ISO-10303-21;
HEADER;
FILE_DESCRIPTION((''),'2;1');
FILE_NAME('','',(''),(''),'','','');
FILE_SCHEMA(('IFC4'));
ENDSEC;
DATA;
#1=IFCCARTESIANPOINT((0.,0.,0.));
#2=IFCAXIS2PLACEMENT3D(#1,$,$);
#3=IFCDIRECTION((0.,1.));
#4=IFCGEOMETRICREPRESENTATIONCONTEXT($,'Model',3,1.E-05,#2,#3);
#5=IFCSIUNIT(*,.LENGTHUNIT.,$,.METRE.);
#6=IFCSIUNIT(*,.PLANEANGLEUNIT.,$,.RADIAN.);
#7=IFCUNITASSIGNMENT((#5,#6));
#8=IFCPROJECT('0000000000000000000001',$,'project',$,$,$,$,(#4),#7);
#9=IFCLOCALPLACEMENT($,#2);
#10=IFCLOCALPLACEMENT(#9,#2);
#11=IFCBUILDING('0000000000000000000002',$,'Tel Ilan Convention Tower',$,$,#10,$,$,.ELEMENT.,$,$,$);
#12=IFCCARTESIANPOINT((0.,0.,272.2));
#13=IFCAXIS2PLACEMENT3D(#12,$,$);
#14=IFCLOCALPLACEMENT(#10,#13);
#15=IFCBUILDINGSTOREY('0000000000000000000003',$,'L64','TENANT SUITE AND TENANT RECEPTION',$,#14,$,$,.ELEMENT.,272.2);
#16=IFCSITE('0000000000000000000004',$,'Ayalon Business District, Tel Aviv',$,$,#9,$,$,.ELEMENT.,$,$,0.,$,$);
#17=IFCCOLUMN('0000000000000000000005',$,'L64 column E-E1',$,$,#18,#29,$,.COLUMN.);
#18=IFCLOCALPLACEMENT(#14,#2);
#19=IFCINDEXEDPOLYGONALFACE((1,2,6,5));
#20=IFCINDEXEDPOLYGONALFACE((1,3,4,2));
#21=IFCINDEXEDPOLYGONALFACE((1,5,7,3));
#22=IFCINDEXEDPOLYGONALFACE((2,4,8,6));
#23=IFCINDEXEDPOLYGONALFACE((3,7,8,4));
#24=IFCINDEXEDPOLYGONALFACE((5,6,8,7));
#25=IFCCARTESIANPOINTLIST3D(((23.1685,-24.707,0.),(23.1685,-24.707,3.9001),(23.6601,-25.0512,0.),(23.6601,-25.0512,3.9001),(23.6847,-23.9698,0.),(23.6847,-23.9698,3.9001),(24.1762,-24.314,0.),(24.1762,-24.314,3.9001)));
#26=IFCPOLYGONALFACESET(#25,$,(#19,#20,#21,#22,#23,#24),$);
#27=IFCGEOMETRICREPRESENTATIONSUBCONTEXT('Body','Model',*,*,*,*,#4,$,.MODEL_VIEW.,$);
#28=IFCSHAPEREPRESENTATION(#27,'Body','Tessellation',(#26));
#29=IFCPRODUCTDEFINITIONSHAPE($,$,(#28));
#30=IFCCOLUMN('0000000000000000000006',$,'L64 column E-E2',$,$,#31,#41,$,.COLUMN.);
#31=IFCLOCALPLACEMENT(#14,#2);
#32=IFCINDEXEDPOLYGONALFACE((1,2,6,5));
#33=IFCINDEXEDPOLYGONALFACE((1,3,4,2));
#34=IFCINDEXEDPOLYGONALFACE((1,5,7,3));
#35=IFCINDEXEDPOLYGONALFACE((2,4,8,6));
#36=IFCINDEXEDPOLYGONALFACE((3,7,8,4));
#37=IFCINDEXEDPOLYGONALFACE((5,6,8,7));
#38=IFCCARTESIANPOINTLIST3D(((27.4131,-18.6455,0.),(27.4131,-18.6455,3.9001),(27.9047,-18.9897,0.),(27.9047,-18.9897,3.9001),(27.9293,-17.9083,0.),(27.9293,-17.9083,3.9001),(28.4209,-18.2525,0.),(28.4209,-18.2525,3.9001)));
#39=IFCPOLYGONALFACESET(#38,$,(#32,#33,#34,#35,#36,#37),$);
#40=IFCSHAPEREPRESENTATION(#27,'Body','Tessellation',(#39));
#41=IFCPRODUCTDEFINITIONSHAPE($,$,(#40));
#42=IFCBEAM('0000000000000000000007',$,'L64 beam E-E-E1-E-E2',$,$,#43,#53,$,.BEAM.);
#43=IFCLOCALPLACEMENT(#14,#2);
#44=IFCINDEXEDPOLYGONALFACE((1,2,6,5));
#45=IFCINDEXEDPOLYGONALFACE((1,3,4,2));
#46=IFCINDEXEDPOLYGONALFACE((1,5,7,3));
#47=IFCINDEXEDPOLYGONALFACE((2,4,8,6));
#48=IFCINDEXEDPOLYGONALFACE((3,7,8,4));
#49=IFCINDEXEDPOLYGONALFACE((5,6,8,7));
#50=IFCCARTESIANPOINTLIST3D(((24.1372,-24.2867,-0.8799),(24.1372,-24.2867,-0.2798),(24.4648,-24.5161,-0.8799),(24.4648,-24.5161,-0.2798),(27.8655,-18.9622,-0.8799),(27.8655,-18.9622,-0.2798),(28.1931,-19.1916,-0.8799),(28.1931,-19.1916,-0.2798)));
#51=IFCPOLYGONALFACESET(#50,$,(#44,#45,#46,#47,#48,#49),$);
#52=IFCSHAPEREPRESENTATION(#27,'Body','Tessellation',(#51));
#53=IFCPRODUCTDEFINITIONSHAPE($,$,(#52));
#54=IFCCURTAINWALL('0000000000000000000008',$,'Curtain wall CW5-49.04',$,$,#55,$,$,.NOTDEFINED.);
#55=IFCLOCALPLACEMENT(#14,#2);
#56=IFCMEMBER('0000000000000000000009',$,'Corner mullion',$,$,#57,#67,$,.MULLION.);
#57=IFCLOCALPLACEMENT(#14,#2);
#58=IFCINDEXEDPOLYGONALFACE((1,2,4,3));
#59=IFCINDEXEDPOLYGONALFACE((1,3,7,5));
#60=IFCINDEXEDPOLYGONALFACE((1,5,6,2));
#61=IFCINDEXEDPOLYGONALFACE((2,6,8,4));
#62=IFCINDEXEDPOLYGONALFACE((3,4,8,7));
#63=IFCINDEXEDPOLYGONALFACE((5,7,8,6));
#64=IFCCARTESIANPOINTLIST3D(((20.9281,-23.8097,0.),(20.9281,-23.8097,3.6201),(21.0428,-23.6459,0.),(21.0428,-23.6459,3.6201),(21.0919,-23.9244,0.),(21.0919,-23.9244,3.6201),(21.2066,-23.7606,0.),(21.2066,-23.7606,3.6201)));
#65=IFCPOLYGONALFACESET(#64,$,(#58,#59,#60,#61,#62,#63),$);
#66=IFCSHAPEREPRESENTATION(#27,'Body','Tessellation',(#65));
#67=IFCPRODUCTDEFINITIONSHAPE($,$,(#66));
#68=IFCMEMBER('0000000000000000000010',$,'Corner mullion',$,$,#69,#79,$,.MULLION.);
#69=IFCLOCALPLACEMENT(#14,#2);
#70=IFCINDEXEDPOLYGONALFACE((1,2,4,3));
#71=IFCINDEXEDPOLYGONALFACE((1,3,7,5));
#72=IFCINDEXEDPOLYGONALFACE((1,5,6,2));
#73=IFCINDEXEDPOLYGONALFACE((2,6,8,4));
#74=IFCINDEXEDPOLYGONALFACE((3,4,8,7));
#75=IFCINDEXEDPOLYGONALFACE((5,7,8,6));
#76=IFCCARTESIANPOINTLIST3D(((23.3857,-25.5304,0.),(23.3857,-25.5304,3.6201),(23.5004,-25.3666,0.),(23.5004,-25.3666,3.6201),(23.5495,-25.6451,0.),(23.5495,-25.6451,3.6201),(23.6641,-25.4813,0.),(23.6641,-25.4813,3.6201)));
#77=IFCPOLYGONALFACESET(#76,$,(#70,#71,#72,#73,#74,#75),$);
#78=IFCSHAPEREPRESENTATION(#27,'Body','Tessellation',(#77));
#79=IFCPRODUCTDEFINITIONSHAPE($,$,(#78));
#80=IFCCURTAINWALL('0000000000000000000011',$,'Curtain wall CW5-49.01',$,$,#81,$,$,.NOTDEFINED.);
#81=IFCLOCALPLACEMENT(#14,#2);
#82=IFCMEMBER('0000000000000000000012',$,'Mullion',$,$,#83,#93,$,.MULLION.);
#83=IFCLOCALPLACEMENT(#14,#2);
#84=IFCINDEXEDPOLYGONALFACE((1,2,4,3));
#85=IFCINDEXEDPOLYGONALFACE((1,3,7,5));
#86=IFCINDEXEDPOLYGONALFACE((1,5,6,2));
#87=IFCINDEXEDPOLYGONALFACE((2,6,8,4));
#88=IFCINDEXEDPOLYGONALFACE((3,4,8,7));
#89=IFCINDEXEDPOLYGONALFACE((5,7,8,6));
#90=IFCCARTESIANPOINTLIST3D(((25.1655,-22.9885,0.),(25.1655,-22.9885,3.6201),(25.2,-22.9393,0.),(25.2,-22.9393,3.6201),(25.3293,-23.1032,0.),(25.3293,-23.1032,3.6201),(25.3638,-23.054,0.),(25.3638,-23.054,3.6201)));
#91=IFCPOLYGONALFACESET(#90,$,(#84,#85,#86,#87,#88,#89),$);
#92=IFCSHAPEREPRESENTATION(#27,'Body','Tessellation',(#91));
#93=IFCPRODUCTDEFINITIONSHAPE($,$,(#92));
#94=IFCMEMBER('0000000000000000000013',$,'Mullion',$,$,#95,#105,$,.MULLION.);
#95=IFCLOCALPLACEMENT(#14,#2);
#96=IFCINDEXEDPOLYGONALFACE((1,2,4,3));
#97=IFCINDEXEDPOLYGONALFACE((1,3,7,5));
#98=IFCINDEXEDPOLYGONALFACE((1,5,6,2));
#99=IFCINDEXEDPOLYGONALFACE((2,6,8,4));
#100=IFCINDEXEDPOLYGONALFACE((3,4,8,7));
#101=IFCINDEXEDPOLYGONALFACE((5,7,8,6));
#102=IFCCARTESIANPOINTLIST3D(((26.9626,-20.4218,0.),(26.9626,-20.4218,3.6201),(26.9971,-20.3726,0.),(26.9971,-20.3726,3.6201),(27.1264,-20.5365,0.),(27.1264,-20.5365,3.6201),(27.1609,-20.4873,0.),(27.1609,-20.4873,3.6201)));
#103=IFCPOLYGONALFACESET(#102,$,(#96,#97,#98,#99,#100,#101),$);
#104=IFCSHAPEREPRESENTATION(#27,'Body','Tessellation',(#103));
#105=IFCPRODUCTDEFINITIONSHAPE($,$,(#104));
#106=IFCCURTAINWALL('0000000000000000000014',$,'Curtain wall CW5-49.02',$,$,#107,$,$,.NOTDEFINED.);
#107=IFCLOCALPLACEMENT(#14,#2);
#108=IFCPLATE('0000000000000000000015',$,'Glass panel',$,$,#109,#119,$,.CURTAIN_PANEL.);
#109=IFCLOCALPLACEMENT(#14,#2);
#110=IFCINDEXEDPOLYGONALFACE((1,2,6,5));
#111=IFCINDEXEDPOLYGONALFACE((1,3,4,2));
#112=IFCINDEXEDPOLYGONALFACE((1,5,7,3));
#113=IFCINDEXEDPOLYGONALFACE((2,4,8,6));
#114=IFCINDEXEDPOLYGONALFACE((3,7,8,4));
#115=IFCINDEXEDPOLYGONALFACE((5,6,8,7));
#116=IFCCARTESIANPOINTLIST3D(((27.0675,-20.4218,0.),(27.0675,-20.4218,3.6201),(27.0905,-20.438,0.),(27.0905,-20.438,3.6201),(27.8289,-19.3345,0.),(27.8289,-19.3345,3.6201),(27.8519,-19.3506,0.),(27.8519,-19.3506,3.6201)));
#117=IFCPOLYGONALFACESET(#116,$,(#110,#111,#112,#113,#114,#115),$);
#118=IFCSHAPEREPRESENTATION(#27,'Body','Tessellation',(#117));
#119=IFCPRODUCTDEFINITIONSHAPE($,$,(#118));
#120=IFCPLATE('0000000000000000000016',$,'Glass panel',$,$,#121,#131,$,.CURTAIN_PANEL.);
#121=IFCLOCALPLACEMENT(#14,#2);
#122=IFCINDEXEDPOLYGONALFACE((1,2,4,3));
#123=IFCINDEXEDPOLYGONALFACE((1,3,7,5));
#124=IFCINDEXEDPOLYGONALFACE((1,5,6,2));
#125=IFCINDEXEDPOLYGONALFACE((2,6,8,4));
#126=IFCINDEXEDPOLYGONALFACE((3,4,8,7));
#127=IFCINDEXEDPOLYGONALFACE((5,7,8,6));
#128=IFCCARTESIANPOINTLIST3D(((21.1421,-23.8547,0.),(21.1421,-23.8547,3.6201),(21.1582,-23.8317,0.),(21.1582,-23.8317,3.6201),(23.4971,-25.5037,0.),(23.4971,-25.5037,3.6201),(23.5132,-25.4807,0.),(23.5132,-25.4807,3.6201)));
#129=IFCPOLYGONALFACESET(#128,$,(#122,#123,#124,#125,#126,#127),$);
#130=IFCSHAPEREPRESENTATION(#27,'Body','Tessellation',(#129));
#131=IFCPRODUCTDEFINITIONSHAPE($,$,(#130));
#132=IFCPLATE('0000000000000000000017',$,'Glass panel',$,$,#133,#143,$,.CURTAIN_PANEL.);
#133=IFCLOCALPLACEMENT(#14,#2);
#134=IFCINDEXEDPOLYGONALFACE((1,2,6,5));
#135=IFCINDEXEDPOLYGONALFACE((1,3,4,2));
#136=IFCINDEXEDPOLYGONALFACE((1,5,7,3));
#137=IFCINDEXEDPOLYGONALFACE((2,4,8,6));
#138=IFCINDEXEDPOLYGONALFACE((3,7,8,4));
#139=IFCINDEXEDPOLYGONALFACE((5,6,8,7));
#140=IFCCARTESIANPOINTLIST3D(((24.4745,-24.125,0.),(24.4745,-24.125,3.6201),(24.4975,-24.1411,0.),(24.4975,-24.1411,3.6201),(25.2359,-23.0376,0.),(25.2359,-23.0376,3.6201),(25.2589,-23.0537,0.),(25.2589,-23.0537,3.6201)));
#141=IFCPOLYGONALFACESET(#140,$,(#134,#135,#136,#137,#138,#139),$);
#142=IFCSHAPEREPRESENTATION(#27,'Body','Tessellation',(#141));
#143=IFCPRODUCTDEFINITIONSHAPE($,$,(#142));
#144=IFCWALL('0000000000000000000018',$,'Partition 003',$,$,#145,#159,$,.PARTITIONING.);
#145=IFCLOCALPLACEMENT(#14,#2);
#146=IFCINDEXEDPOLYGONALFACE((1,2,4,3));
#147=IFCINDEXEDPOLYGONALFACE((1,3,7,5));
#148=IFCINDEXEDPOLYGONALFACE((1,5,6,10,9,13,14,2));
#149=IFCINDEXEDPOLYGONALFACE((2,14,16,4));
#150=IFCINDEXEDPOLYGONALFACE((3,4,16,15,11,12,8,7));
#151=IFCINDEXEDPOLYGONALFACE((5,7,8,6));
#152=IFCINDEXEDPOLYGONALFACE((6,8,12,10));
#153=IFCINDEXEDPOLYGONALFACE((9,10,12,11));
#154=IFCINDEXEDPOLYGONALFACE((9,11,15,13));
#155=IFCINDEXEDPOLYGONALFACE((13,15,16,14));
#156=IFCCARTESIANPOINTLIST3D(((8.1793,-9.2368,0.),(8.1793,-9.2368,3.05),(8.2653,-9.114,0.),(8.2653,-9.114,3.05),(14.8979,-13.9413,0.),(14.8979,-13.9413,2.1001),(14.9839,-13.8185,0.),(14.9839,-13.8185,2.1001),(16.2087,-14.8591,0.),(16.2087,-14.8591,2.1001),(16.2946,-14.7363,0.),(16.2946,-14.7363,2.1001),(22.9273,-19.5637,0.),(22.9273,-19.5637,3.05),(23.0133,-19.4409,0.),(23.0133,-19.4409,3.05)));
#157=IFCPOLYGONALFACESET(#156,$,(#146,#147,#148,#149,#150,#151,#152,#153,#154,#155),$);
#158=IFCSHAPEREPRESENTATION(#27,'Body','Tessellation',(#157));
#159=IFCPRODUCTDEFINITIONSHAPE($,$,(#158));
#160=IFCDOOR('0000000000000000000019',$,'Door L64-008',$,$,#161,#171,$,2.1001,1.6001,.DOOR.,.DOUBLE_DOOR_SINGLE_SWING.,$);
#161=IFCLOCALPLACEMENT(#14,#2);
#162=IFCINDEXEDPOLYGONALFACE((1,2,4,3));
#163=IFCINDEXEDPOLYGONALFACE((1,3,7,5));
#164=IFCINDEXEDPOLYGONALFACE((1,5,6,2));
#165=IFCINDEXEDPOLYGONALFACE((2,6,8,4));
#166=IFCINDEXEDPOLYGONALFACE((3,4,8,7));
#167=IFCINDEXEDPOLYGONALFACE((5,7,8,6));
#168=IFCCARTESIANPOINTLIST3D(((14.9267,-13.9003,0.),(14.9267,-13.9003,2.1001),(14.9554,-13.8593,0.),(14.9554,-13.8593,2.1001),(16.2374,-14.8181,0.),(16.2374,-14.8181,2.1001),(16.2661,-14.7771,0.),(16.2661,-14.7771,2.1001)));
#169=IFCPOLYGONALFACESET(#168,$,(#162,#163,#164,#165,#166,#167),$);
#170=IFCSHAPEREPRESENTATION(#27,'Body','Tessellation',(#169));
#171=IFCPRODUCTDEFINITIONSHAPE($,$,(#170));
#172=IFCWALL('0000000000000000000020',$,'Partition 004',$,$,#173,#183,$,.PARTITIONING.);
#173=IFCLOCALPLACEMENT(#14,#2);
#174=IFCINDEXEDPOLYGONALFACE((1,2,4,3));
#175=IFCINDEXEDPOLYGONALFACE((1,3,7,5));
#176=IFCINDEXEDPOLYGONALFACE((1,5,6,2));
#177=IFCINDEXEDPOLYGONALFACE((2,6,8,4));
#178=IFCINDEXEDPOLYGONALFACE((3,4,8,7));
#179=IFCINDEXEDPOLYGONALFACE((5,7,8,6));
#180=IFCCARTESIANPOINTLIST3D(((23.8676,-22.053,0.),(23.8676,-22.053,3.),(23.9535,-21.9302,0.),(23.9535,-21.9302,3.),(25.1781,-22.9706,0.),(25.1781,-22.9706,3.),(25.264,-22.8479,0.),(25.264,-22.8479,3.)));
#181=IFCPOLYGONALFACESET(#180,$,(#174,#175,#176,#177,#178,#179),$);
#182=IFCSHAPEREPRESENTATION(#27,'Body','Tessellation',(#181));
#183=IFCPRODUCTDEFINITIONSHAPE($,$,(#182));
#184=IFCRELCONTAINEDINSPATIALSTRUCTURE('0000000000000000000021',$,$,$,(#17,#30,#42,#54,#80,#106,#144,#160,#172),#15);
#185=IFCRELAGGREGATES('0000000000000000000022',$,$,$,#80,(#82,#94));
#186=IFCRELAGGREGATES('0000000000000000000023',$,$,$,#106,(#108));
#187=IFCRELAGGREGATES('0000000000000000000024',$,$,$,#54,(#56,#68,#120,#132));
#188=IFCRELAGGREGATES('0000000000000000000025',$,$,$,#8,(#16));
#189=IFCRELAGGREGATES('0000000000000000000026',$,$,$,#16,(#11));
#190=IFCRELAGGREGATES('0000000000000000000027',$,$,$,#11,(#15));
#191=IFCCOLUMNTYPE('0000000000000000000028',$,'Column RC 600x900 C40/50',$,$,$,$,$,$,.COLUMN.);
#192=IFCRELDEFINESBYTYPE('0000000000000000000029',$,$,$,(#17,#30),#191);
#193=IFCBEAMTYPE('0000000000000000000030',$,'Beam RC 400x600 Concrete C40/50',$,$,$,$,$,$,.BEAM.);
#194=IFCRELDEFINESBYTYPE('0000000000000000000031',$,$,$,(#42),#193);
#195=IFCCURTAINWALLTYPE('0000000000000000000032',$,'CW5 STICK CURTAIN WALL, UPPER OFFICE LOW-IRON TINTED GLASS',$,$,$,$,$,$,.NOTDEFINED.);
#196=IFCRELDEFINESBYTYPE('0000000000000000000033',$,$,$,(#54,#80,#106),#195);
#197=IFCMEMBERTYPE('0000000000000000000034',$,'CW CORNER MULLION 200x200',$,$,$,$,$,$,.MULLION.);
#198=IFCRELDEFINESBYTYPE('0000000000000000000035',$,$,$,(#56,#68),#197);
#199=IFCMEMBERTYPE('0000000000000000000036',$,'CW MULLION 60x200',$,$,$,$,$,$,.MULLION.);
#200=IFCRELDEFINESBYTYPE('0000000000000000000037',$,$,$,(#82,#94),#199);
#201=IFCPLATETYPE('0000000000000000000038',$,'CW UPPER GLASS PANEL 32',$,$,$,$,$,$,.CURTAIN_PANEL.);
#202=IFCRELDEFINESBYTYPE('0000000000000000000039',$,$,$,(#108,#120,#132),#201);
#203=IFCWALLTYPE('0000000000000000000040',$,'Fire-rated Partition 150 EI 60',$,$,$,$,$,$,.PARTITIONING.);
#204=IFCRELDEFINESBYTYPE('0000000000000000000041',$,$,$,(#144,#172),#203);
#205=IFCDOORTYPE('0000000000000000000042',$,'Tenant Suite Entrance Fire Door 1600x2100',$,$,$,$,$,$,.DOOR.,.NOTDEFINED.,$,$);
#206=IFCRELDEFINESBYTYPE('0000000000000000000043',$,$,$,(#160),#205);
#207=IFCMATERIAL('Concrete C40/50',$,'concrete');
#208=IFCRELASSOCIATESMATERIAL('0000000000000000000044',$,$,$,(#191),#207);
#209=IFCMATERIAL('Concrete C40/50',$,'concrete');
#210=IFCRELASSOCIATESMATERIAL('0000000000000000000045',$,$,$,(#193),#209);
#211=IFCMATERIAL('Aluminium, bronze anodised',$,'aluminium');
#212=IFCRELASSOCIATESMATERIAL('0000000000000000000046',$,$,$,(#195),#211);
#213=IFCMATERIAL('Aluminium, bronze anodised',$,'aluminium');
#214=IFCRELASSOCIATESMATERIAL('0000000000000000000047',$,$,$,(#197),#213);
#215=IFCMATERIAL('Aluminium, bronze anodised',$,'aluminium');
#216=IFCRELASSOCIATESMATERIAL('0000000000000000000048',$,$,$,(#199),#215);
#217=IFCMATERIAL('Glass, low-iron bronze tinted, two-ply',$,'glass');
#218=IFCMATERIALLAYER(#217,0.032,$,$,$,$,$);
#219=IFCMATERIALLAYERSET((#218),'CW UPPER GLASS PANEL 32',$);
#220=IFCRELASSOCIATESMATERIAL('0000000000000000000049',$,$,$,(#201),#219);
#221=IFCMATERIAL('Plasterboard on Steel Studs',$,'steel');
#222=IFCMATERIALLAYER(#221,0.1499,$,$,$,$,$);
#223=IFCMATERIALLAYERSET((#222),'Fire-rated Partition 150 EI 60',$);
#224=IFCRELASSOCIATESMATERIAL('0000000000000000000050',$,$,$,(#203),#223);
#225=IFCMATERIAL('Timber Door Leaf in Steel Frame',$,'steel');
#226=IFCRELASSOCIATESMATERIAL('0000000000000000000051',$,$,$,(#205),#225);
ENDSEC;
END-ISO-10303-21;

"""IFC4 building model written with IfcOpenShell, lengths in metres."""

from ifc_helpers import new_model, si_unit, direction, frame, frame_2d, origin, origin_2d, place, context, subcontext, project, spatial, rectangle, extrude, material, layer, layer_set, material_profile, profile_set, type_object, element, fill, aggregate, save


model = new_model("IFC4")

# Units and contexts
model_context = context("Model", 3, precision=1e-05, world=origin(), true_north=direction((0.0, 1.0)))
body_context = subcontext(model_context, "Body", "Model", "MODEL_VIEW")
ifc_project = project(units=[si_unit("LENGTHUNIT", "METRE"), si_unit("PLANEANGLEUNIT", "RADIAN")], contexts=[model_context])

# Site, building, storey
site_placement = place(None, origin())
site = spatial("IfcSite", under=ifc_project, at=site_placement, Name="Ayalon Business District, Tel Aviv", CompositionType="ELEMENT", RefElevation=0.0)
building_placement = place(site_placement, origin())
building = spatial("IfcBuilding", under=site, at=building_placement, Name="Tel Ilan Convention Tower", CompositionType="ELEMENT")
storey_placement = place(building_placement, frame((0.0, 0.0, 272.2)))
storey = spatial("IfcBuildingStorey", under=building, at=storey_placement, Name="L64", Description="TENANT SUITE AND TENANT RECEPTION", CompositionType="ELEMENT", Elevation=272.2)

# Columns
ifc_material_1 = material(Name="Concrete C40/50", Category="concrete")
ifc_material_profile_1 = material_profile(ifc_material_1, rectangle(XDim=0.8999, YDim=0.6001, at=origin_2d()), Name="RC 600x900")
ifc_profile_set_1 = profile_set([ifc_material_profile_1], Name="Concrete C40/50")
column_type = type_object("IfcColumnType", Name="Column RC 600x900 C40/50", PredefinedType="COLUMN", material=ifc_profile_set_1)
for number, where, z_axis, x_axis, name in (
    (1, (23.6724, -24.5105, 0.0), (0.0, 0.0, 1.0), (0.573576, 0.819152, 0.0), "L64 column E-E1"),
    (2, (27.917, -18.449, 0.0), (0.0, 0.0, 1.0), (0.573576, 0.819152, 0.0), "L64 column E-E2"),
):
    element("IfcColumn", number, at=place(storey_placement, frame(where, z_axis=z_axis, x_axis=x_axis)), inside=storey, type_object=column_type, Name=name, PredefinedType="COLUMN", context=body_context, shape_type="SweptSolid", body=[
        extrude(rectangle(XDim=0.8999, YDim=0.6001, at=origin_2d()), origin(), (0.0, 0.0, 1.0), 3.9001),
    ])

# Beam
ifc_material_2 = material(Name="Concrete C40/50", Category="concrete")
ifc_material_profile_2 = material_profile(ifc_material_2, rectangle(XDim=0.3999, YDim=0.6001, at=origin_2d()), Name="RC 400x600")
ifc_profile_set_2 = profile_set([ifc_material_profile_2], Name="Concrete C40/50")
beam_type = type_object("IfcBeamType", Name="Beam RC 400x600 Concrete C40/50", PredefinedType="BEAM", material=ifc_profile_set_2)
beam_placement = place(storey_placement, frame((24.301, -24.4014, -0.5798), z_axis=(0.573581, 0.819149, 0.0), x_axis=(-0.819149, 0.573581, 0.0)))
element("IfcBeam", 3, at=beam_placement, inside=storey, type_object=beam_type, Name="L64 beam E-E-E1-E-E2", PredefinedType="BEAM", context=body_context, shape_type="SweptSolid", body=[
    extrude(rectangle(XDim=0.3999, YDim=0.6001, at=origin_2d()), origin(), (0.0, 0.0, 1.0), 6.5),
])

# Curtain walls, members
ifc_material_3 = material(Name="Aluminium, bronze anodised", Category="aluminium")
curtain_wall_type = type_object("IfcCurtainWallType", Name="CW5 STICK CURTAIN WALL, UPPER OFFICE LOW-IRON TINTED GLASS", PredefinedType="NOTDEFINED", material=ifc_material_3)
curtain_wall_1_placement = place(storey_placement, origin())
curtain_wall_1 = element("IfcCurtainWall", 4, at=curtain_wall_1_placement, inside=storey, type_object=curtain_wall_type, Name="Curtain wall CW5-49.04", PredefinedType="NOTDEFINED")
ifc_material_4 = material(Name="Aluminium, bronze anodised", Category="aluminium")
ifc_material_profile_3 = material_profile(ifc_material_4, rectangle(XDim=0.2, YDim=0.2, at=origin_2d()), Name="CW CORNER MULLION 200x200")
ifc_profile_set_3 = profile_set([ifc_material_profile_3], Name="Aluminium, bronze anodised")
member_type_1 = type_object("IfcMemberType", Name="CW CORNER MULLION 200x200", PredefinedType="MULLION", material=ifc_profile_set_3)
member_1_placement = place(storey_placement, frame((21.0674, -23.7852, 0.0), z_axis=(0.0, 0.0, 1.0), x_axis=(0.573576, 0.819152, 0.0)))
member_1 = element("IfcMember", 5, at=member_1_placement, type_object=member_type_1, Name="Corner mullion", PredefinedType="MULLION", context=body_context, shape_type="SweptSolid", body=[
    extrude(rectangle(XDim=0.2, YDim=0.2, at=origin_2d()), origin(), (0.0, 0.0, 1.0), 3.6201),
])
member_2_placement = place(storey_placement, frame((23.5249, -25.5059, 0.0), z_axis=(0.0, 0.0, 1.0), x_axis=(0.819152, -0.573576, 0.0)))
member_2 = element("IfcMember", 6, at=member_2_placement, type_object=member_type_1, Name="Corner mullion", PredefinedType="MULLION", context=body_context, shape_type="SweptSolid", body=[
    extrude(rectangle(XDim=0.2, YDim=0.2, at=origin_2d()), origin(), (0.0, 0.0, 1.0), 3.6201),
])
curtain_wall_2_placement = place(storey_placement, origin())
curtain_wall_2 = element("IfcCurtainWall", 7, at=curtain_wall_2_placement, inside=storey, type_object=curtain_wall_type, Name="Curtain wall CW5-49.01", PredefinedType="NOTDEFINED")
ifc_material_5 = material(Name="Aluminium, bronze anodised", Category="aluminium")
ifc_material_profile_4 = material_profile(ifc_material_5, rectangle(XDim=0.0601, YDim=0.2, at=origin_2d()), Name="CW MULLION 60x200")
ifc_profile_set_4 = profile_set([ifc_material_profile_4], Name="Aluminium, bronze anodised")
member_type_2 = type_object("IfcMemberType", Name="CW MULLION 60x200", PredefinedType="MULLION", material=ifc_profile_set_4)
member_3_placement = place(storey_placement, frame((25.2646, -23.0212, 0.0), z_axis=(0.0, 0.0, 1.0), x_axis=(0.573576, 0.819152, 0.0)))
member_3 = element("IfcMember", 8, at=member_3_placement, type_object=member_type_2, Name="Mullion", PredefinedType="MULLION", context=body_context, shape_type="SweptSolid", body=[
    extrude(rectangle(XDim=0.0601, YDim=0.2, at=origin_2d()), origin(), (0.0, 0.0, 1.0), 3.6201),
])
member_4_placement = place(storey_placement, frame((27.0618, -20.4546, 0.0), z_axis=(0.0, 0.0, 1.0), x_axis=(0.573576, 0.819152, 0.0)))
member_4 = element("IfcMember", 9, at=member_4_placement, type_object=member_type_2, Name="Mullion", PredefinedType="MULLION", context=body_context, shape_type="SweptSolid", body=[
    extrude(rectangle(XDim=0.0601, YDim=0.2, at=origin_2d()), origin(), (0.0, 0.0, 1.0), 3.6201),
])
aggregate(curtain_wall_2, [member_3, member_4])

# Curtain wall, plate
curtain_wall_3_placement = place(storey_placement, origin())
curtain_wall_3 = element("IfcCurtainWall", 10, at=curtain_wall_3_placement, inside=storey, type_object=curtain_wall_type, Name="Curtain wall CW5-49.02", PredefinedType="NOTDEFINED")
ifc_material_6 = material(Name="Glass, low-iron bronze tinted, two-ply", Category="glass")
ifc_layer_1 = layer(ifc_material_6, 0.032)
ifc_layer_set_1 = layer_set([ifc_layer_1], Name="CW UPPER GLASS PANEL 32")
plate_type = type_object("IfcPlateType", Name="CW UPPER GLASS PANEL 32", PredefinedType="CURTAIN_PANEL", material=ifc_layer_set_1)
plate_1_placement = place(storey_placement, frame((27.4597, -19.8862, 0.0), z_axis=(0.0, 0.0, 1.0), x_axis=(0.573576, 0.819152, 0.0)))
plate_1 = element("IfcPlate", 11, at=plate_1_placement, type_object=plate_type, Name="Glass panel", PredefinedType="CURTAIN_PANEL", context=body_context, shape_type="SweptSolid", body=[
    extrude(rectangle(XDim=1.3274, YDim=0.0281, at=origin_2d()), origin(), (0.0, 0.0, 1.0), 3.6201),
])
aggregate(curtain_wall_3, [plate_1])

# Plates
plate_2_placement = place(storey_placement, frame((22.3276, -24.6677, 0.0), z_axis=(0.0, 0.0, 1.0), x_axis=(0.819152, -0.573576, 0.0)))
plate_2 = element("IfcPlate", 12, at=plate_2_placement, type_object=plate_type, Name="Glass panel", PredefinedType="CURTAIN_PANEL", context=body_context, shape_type="SweptSolid", body=[
    extrude(rectangle(XDim=2.875, YDim=0.0281, at=origin_2d()), origin(), (0.0, 0.0, 1.0), 3.6201),
])
plate_3_placement = place(storey_placement, frame((24.8667, -23.5894, 0.0), z_axis=(0.0, 0.0, 1.0), x_axis=(0.573576, 0.819152, 0.0)))
plate_3 = element("IfcPlate", 13, at=plate_3_placement, type_object=plate_type, Name="Glass panel", PredefinedType="CURTAIN_PANEL", context=body_context, shape_type="SweptSolid", body=[
    extrude(rectangle(XDim=1.3274, YDim=0.0281, at=origin_2d()), origin(), (0.0, 0.0, 1.0), 3.6201),
])
aggregate(curtain_wall_1, [member_1, member_2, plate_2, plate_3])

# Wall, opening, door
ifc_material_7 = material(Name="Plasterboard on Steel Studs", Category="steel")
ifc_layer_2 = layer(ifc_material_7, 0.1499)
ifc_layer_set_2 = layer_set([ifc_layer_2], Name="Fire-rated Partition 150 EI 60")
wall_type_1 = type_object("IfcWallType", Name="Fire-rated Partition 150 EI 60", PredefinedType="PARTITIONING", material=ifc_layer_set_2)
wall_1_placement = place(storey_placement, frame((22.9702, -19.5022, 0.0), z_axis=(0.0, 0.0, 1.0), x_axis=(-0.819147, 0.573584, 0.0)))
wall_1 = element("IfcWall", 14, at=wall_1_placement, inside=storey, type_object=wall_type_1, Name="Partition 003", PredefinedType="PARTITIONING", context=body_context, shape_type="SweptSolid", body=[
    extrude(rectangle(XDim=18.0042, YDim=0.1499, at=frame_2d((9.002, 0.0))), origin(), (0.0, 0.0, 1.0), 3.05),
])
opening_1_placement = place(wall_1_placement, frame((8.2019, 0.0, 0.0)))
opening_1 = element("IfcOpeningElement", 15, at=opening_1_placement, cuts=wall_1, PredefinedType="OPENING", context=body_context, shape_type="SweptSolid", body=[
    extrude(rectangle(XDim=1.6001, YDim=2.1001, at=frame_2d((0.8, 1.05))), frame((0.0, 0.085, 0.0), z_axis=(0.0, -1.0, 0.0), x_axis=(1.0, 0.0, 0.0)), (0.0, 0.0, 1.0), 0.1699),
])
ifc_material_8 = material(Name="Timber Door Leaf in Steel Frame", Category="steel")
door_type_1 = type_object("IfcDoorType", Name="Tenant Suite Entrance Fire Door 1600x2100", OperationType="NOTDEFINED", PredefinedType="DOOR", material=ifc_material_8)
door_1_placement = place(opening_1_placement, origin())
door_1 = element("IfcDoor", 16, at=door_1_placement, inside=storey, type_object=door_type_1, Name="Door L64-008", OperationType="DOUBLE_DOOR_SINGLE_SWING", OverallHeight=2.1001, OverallWidth=1.6001, PredefinedType="DOOR", context=body_context, shape_type="SweptSolid", body=[
    extrude(rectangle(XDim=1.6001, YDim=2.1001, at=frame_2d((0.8, 1.05))), frame((0.0, 0.0249, 0.0), z_axis=(0.0, -1.0, 0.0), x_axis=(1.0, 0.0, 0.0)), (0.0, 0.0, 1.0), 0.05),
])
fill(opening_1, door_1)

# Wall
wall_2_placement = place(storey_placement, frame((25.2209, -22.9092, 0.0), z_axis=(0.0, 0.0, 1.0), x_axis=(-0.819132, 0.573606, 0.0)))
element("IfcWall", 17, at=wall_2_placement, inside=storey, type_object=wall_type_1, Name="Partition 004", PredefinedType="PARTITIONING", context=body_context, shape_type="SweptSolid", body=[
    extrude(rectangle(XDim=1.5999, YDim=0.1499, at=frame_2d((0.7998, 0.0))), origin(), (0.0, 0.0, 1.0), 3.0),
])

save(model, "model.ifc")
